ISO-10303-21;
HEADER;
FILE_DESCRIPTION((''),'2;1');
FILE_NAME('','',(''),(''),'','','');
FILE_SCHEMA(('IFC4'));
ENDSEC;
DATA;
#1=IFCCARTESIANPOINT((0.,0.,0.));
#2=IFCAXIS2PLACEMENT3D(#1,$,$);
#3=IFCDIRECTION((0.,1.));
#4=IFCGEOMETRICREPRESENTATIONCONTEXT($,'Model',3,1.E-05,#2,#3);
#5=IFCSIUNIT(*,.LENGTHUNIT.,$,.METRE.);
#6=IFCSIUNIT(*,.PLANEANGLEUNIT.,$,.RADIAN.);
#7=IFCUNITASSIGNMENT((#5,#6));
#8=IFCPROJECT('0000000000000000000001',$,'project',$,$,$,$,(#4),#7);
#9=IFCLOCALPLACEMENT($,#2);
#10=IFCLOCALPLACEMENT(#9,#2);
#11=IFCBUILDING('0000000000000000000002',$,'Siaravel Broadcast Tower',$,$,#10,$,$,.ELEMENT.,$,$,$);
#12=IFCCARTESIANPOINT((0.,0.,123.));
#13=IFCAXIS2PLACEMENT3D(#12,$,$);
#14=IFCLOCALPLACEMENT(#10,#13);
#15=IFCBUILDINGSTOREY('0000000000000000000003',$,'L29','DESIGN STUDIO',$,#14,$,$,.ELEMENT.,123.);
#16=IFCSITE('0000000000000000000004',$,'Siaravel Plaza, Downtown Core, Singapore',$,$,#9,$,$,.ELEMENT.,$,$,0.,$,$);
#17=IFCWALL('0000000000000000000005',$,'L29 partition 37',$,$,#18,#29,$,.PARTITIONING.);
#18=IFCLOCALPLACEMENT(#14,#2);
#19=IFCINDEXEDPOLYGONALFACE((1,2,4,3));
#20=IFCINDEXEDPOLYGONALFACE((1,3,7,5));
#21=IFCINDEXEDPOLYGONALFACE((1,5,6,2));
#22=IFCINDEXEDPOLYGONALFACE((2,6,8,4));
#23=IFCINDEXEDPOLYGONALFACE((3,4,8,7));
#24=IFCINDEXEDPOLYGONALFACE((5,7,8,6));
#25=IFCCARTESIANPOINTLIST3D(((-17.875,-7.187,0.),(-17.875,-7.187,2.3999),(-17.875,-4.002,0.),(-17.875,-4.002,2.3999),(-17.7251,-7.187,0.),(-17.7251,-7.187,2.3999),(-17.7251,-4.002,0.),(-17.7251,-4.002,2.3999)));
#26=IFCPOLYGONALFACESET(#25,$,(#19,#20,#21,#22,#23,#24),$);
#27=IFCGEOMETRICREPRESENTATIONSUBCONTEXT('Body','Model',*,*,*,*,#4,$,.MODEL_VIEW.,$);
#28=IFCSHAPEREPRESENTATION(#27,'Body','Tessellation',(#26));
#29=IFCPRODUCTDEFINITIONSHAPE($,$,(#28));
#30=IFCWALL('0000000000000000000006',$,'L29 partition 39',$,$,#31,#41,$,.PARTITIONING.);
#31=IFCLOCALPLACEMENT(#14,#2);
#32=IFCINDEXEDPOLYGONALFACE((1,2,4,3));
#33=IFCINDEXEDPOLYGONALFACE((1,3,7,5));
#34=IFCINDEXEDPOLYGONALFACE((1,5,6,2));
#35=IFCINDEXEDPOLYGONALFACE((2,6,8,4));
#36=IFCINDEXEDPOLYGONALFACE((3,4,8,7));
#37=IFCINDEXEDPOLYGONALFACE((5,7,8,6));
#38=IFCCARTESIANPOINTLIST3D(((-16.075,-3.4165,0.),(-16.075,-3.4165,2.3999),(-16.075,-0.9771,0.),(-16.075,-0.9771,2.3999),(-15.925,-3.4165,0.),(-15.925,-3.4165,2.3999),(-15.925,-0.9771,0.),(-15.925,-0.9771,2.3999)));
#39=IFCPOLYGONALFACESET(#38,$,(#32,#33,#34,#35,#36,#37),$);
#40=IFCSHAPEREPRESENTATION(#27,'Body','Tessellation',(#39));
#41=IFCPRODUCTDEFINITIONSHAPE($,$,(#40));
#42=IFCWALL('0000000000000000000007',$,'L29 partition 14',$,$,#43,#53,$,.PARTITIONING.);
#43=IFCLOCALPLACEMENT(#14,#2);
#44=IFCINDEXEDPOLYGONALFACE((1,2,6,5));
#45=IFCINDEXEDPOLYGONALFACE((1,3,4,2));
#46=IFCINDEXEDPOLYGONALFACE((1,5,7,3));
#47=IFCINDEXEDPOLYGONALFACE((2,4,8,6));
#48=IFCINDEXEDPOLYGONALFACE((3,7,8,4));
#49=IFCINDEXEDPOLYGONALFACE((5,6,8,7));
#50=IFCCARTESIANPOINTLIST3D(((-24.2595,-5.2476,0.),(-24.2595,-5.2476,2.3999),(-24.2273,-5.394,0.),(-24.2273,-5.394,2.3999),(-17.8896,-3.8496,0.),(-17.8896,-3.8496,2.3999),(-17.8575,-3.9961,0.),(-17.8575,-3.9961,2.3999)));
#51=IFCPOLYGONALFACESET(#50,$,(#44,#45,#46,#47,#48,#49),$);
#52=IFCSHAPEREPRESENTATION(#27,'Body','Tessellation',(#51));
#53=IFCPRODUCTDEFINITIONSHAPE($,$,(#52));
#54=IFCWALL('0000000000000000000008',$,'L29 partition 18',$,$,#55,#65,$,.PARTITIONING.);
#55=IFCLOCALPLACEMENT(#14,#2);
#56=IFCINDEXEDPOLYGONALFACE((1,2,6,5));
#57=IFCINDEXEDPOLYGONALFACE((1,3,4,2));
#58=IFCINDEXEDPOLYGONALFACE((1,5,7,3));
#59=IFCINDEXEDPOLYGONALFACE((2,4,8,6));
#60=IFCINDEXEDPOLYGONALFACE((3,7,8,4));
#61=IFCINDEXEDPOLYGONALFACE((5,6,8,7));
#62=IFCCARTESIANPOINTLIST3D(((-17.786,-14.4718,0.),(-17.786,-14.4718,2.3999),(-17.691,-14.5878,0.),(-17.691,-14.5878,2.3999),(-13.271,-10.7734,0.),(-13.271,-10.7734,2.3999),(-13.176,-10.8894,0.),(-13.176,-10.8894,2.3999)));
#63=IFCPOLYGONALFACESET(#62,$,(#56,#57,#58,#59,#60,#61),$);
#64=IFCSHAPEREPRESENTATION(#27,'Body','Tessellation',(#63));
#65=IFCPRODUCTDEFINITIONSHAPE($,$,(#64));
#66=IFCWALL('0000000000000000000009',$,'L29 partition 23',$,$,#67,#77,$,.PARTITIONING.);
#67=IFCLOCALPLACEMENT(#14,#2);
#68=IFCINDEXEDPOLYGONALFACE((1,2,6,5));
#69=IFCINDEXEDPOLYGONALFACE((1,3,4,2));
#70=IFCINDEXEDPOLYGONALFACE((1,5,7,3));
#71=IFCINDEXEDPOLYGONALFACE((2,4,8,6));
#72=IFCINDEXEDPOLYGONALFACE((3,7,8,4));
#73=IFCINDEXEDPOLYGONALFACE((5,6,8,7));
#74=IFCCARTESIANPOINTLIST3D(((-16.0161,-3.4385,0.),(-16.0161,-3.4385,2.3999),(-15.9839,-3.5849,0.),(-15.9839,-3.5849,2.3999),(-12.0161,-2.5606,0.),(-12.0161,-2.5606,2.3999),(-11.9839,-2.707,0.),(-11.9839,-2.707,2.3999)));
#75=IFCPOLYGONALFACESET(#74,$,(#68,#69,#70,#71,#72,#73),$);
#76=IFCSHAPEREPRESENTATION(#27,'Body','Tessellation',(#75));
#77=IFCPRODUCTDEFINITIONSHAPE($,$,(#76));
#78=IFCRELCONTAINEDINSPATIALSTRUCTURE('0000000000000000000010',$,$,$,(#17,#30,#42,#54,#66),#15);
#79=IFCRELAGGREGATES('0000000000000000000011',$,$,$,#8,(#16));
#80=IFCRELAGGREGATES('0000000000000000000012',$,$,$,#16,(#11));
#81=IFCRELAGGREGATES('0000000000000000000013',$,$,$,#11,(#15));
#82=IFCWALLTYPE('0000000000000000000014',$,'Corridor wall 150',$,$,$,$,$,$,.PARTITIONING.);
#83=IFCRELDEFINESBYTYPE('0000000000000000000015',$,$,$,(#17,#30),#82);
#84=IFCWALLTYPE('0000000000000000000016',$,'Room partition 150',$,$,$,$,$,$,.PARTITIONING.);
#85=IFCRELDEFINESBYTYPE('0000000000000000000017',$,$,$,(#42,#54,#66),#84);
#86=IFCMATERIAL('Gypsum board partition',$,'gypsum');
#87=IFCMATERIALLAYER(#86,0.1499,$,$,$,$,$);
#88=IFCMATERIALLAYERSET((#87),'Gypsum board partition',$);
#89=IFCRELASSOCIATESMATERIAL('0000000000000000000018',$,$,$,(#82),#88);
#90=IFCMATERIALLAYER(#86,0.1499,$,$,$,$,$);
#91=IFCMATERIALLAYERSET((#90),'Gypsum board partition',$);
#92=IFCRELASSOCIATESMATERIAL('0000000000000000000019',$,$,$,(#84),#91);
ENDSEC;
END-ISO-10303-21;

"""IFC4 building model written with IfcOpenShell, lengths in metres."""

from ifc_helpers import new_model, si_unit, direction, frame, frame_2d, origin, place, context, subcontext, project, spatial, rectangle, extrude, material, layer, layer_set, type_object, element, save


model = new_model("IFC4")

# Units and contexts
model_context = context("Model", 3, precision=1e-05, world=origin(), true_north=direction((0.0, 1.0)))
body_context = subcontext(model_context, "Body", "Model", "MODEL_VIEW")
ifc_project = project(units=[si_unit("LENGTHUNIT", "METRE"), si_unit("PLANEANGLEUNIT", "RADIAN")], contexts=[model_context])

# Site, building, storey
site_placement = place(None, origin())
site = spatial("IfcSite", under=ifc_project, at=site_placement, Name="Siaravel Plaza, Downtown Core, Singapore", CompositionType="ELEMENT", RefElevation=0.0)
building_placement = place(site_placement, origin())
building = spatial("IfcBuilding", under=site, at=building_placement, Name="Siaravel Broadcast Tower", CompositionType="ELEMENT")
storey_placement = place(building_placement, frame((0.0, 0.0, 123.0)))
storey = spatial("IfcBuildingStorey", under=building, at=storey_placement, Name="L29", Description="DESIGN STUDIO", CompositionType="ELEMENT", Elevation=123.0)

# Shared definitions
ifc_material_1 = material(Name="Gypsum board partition", Category="gypsum")
ifc_layer_1 = layer(ifc_material_1, 0.1499)
ifc_layer_set_1 = layer_set([ifc_layer_1], Name="Gypsum board partition")
wall_type_1 = type_object("IfcWallType", Name="Corridor wall 150", PredefinedType="PARTITIONING", material=ifc_layer_set_1)

# Walls
wall_1_placement = place(storey_placement, frame((-17.8, -4.002, 0.0), z_axis=(0.0, 0.0, 1.0), x_axis=(0.0, -1.0, 0.0)))
element("IfcWall", 1, at=wall_1_placement, inside=storey, type_object=wall_type_1, Name="L29 partition 37", PredefinedType="PARTITIONING", context=body_context, shape_type="SweptSolid", body=[
    extrude(rectangle(XDim=3.1851, YDim=0.1499, at=frame_2d((1.5925, 0.0))), origin(), (0.0, 0.0, 1.0), 2.3999),
])
wall_2_placement = place(storey_placement, frame((-16.0, -3.4165, 0.0), z_axis=(0.0, 0.0, 1.0), x_axis=(0.0, 1.0, 0.0)))
element("IfcWall", 2, at=wall_2_placement, inside=storey, type_object=wall_type_1, Name="L29 partition 39", PredefinedType="PARTITIONING", context=body_context, shape_type="SweptSolid", body=[
    extrude(rectangle(XDim=2.4395, YDim=0.1499, at=frame_2d((1.2197, 0.0))), origin(), (0.0, 0.0, 1.0), 2.3999),
])
ifc_layer_2 = layer(ifc_material_1, 0.1499)
ifc_layer_set_2 = layer_set([ifc_layer_2], Name="Gypsum board partition")
wall_type_2 = type_object("IfcWallType", Name="Room partition 150", PredefinedType="PARTITIONING", material=ifc_layer_set_2)
wall_3_placement = place(storey_placement, frame((-24.2434, -5.3208, 0.0), z_axis=(0.0, 0.0, 1.0), x_axis=(0.976754, 0.214361, 0.0)))
element("IfcWall", 3, at=wall_3_placement, inside=storey, type_object=wall_type_2, Name="L29 partition 14", PredefinedType="PARTITIONING", context=body_context, shape_type="SweptSolid", body=[
    extrude(rectangle(XDim=6.5215, YDim=0.1499, at=frame_2d((3.2607, 0.0))), origin(), (0.0, 0.0, 1.0), 2.3999),
])
wall_4_placement = place(storey_placement, frame((-17.7385, -14.5298, 0.0), z_axis=(0.0, 0.0, 1.0), x_axis=(0.773597, 0.633677, 0.0)))
element("IfcWall", 4, at=wall_4_placement, inside=storey, type_object=wall_type_2, Name="L29 partition 18", PredefinedType="PARTITIONING", context=body_context, shape_type="SweptSolid", body=[
    extrude(rectangle(XDim=5.8364, YDim=0.1499, at=frame_2d((2.9182, 0.0))), origin(), (0.0, 0.0, 1.0), 2.3999),
])
wall_5_placement = place(storey_placement, frame((-16.0, -3.5117, 0.0), z_axis=(0.0, 0.0, 1.0), x_axis=(0.97675, 0.21438, 0.0)))
element("IfcWall", 5, at=wall_5_placement, inside=storey, type_object=wall_type_2, Name="L29 partition 23", PredefinedType="PARTITIONING", context=body_context, shape_type="SweptSolid", body=[
    extrude(rectangle(XDim=4.0952, YDim=0.1499, at=frame_2d((2.0476, 0.0))), origin(), (0.0, 0.0, 1.0), 2.3999),
])

save(model, "model.ifc")
